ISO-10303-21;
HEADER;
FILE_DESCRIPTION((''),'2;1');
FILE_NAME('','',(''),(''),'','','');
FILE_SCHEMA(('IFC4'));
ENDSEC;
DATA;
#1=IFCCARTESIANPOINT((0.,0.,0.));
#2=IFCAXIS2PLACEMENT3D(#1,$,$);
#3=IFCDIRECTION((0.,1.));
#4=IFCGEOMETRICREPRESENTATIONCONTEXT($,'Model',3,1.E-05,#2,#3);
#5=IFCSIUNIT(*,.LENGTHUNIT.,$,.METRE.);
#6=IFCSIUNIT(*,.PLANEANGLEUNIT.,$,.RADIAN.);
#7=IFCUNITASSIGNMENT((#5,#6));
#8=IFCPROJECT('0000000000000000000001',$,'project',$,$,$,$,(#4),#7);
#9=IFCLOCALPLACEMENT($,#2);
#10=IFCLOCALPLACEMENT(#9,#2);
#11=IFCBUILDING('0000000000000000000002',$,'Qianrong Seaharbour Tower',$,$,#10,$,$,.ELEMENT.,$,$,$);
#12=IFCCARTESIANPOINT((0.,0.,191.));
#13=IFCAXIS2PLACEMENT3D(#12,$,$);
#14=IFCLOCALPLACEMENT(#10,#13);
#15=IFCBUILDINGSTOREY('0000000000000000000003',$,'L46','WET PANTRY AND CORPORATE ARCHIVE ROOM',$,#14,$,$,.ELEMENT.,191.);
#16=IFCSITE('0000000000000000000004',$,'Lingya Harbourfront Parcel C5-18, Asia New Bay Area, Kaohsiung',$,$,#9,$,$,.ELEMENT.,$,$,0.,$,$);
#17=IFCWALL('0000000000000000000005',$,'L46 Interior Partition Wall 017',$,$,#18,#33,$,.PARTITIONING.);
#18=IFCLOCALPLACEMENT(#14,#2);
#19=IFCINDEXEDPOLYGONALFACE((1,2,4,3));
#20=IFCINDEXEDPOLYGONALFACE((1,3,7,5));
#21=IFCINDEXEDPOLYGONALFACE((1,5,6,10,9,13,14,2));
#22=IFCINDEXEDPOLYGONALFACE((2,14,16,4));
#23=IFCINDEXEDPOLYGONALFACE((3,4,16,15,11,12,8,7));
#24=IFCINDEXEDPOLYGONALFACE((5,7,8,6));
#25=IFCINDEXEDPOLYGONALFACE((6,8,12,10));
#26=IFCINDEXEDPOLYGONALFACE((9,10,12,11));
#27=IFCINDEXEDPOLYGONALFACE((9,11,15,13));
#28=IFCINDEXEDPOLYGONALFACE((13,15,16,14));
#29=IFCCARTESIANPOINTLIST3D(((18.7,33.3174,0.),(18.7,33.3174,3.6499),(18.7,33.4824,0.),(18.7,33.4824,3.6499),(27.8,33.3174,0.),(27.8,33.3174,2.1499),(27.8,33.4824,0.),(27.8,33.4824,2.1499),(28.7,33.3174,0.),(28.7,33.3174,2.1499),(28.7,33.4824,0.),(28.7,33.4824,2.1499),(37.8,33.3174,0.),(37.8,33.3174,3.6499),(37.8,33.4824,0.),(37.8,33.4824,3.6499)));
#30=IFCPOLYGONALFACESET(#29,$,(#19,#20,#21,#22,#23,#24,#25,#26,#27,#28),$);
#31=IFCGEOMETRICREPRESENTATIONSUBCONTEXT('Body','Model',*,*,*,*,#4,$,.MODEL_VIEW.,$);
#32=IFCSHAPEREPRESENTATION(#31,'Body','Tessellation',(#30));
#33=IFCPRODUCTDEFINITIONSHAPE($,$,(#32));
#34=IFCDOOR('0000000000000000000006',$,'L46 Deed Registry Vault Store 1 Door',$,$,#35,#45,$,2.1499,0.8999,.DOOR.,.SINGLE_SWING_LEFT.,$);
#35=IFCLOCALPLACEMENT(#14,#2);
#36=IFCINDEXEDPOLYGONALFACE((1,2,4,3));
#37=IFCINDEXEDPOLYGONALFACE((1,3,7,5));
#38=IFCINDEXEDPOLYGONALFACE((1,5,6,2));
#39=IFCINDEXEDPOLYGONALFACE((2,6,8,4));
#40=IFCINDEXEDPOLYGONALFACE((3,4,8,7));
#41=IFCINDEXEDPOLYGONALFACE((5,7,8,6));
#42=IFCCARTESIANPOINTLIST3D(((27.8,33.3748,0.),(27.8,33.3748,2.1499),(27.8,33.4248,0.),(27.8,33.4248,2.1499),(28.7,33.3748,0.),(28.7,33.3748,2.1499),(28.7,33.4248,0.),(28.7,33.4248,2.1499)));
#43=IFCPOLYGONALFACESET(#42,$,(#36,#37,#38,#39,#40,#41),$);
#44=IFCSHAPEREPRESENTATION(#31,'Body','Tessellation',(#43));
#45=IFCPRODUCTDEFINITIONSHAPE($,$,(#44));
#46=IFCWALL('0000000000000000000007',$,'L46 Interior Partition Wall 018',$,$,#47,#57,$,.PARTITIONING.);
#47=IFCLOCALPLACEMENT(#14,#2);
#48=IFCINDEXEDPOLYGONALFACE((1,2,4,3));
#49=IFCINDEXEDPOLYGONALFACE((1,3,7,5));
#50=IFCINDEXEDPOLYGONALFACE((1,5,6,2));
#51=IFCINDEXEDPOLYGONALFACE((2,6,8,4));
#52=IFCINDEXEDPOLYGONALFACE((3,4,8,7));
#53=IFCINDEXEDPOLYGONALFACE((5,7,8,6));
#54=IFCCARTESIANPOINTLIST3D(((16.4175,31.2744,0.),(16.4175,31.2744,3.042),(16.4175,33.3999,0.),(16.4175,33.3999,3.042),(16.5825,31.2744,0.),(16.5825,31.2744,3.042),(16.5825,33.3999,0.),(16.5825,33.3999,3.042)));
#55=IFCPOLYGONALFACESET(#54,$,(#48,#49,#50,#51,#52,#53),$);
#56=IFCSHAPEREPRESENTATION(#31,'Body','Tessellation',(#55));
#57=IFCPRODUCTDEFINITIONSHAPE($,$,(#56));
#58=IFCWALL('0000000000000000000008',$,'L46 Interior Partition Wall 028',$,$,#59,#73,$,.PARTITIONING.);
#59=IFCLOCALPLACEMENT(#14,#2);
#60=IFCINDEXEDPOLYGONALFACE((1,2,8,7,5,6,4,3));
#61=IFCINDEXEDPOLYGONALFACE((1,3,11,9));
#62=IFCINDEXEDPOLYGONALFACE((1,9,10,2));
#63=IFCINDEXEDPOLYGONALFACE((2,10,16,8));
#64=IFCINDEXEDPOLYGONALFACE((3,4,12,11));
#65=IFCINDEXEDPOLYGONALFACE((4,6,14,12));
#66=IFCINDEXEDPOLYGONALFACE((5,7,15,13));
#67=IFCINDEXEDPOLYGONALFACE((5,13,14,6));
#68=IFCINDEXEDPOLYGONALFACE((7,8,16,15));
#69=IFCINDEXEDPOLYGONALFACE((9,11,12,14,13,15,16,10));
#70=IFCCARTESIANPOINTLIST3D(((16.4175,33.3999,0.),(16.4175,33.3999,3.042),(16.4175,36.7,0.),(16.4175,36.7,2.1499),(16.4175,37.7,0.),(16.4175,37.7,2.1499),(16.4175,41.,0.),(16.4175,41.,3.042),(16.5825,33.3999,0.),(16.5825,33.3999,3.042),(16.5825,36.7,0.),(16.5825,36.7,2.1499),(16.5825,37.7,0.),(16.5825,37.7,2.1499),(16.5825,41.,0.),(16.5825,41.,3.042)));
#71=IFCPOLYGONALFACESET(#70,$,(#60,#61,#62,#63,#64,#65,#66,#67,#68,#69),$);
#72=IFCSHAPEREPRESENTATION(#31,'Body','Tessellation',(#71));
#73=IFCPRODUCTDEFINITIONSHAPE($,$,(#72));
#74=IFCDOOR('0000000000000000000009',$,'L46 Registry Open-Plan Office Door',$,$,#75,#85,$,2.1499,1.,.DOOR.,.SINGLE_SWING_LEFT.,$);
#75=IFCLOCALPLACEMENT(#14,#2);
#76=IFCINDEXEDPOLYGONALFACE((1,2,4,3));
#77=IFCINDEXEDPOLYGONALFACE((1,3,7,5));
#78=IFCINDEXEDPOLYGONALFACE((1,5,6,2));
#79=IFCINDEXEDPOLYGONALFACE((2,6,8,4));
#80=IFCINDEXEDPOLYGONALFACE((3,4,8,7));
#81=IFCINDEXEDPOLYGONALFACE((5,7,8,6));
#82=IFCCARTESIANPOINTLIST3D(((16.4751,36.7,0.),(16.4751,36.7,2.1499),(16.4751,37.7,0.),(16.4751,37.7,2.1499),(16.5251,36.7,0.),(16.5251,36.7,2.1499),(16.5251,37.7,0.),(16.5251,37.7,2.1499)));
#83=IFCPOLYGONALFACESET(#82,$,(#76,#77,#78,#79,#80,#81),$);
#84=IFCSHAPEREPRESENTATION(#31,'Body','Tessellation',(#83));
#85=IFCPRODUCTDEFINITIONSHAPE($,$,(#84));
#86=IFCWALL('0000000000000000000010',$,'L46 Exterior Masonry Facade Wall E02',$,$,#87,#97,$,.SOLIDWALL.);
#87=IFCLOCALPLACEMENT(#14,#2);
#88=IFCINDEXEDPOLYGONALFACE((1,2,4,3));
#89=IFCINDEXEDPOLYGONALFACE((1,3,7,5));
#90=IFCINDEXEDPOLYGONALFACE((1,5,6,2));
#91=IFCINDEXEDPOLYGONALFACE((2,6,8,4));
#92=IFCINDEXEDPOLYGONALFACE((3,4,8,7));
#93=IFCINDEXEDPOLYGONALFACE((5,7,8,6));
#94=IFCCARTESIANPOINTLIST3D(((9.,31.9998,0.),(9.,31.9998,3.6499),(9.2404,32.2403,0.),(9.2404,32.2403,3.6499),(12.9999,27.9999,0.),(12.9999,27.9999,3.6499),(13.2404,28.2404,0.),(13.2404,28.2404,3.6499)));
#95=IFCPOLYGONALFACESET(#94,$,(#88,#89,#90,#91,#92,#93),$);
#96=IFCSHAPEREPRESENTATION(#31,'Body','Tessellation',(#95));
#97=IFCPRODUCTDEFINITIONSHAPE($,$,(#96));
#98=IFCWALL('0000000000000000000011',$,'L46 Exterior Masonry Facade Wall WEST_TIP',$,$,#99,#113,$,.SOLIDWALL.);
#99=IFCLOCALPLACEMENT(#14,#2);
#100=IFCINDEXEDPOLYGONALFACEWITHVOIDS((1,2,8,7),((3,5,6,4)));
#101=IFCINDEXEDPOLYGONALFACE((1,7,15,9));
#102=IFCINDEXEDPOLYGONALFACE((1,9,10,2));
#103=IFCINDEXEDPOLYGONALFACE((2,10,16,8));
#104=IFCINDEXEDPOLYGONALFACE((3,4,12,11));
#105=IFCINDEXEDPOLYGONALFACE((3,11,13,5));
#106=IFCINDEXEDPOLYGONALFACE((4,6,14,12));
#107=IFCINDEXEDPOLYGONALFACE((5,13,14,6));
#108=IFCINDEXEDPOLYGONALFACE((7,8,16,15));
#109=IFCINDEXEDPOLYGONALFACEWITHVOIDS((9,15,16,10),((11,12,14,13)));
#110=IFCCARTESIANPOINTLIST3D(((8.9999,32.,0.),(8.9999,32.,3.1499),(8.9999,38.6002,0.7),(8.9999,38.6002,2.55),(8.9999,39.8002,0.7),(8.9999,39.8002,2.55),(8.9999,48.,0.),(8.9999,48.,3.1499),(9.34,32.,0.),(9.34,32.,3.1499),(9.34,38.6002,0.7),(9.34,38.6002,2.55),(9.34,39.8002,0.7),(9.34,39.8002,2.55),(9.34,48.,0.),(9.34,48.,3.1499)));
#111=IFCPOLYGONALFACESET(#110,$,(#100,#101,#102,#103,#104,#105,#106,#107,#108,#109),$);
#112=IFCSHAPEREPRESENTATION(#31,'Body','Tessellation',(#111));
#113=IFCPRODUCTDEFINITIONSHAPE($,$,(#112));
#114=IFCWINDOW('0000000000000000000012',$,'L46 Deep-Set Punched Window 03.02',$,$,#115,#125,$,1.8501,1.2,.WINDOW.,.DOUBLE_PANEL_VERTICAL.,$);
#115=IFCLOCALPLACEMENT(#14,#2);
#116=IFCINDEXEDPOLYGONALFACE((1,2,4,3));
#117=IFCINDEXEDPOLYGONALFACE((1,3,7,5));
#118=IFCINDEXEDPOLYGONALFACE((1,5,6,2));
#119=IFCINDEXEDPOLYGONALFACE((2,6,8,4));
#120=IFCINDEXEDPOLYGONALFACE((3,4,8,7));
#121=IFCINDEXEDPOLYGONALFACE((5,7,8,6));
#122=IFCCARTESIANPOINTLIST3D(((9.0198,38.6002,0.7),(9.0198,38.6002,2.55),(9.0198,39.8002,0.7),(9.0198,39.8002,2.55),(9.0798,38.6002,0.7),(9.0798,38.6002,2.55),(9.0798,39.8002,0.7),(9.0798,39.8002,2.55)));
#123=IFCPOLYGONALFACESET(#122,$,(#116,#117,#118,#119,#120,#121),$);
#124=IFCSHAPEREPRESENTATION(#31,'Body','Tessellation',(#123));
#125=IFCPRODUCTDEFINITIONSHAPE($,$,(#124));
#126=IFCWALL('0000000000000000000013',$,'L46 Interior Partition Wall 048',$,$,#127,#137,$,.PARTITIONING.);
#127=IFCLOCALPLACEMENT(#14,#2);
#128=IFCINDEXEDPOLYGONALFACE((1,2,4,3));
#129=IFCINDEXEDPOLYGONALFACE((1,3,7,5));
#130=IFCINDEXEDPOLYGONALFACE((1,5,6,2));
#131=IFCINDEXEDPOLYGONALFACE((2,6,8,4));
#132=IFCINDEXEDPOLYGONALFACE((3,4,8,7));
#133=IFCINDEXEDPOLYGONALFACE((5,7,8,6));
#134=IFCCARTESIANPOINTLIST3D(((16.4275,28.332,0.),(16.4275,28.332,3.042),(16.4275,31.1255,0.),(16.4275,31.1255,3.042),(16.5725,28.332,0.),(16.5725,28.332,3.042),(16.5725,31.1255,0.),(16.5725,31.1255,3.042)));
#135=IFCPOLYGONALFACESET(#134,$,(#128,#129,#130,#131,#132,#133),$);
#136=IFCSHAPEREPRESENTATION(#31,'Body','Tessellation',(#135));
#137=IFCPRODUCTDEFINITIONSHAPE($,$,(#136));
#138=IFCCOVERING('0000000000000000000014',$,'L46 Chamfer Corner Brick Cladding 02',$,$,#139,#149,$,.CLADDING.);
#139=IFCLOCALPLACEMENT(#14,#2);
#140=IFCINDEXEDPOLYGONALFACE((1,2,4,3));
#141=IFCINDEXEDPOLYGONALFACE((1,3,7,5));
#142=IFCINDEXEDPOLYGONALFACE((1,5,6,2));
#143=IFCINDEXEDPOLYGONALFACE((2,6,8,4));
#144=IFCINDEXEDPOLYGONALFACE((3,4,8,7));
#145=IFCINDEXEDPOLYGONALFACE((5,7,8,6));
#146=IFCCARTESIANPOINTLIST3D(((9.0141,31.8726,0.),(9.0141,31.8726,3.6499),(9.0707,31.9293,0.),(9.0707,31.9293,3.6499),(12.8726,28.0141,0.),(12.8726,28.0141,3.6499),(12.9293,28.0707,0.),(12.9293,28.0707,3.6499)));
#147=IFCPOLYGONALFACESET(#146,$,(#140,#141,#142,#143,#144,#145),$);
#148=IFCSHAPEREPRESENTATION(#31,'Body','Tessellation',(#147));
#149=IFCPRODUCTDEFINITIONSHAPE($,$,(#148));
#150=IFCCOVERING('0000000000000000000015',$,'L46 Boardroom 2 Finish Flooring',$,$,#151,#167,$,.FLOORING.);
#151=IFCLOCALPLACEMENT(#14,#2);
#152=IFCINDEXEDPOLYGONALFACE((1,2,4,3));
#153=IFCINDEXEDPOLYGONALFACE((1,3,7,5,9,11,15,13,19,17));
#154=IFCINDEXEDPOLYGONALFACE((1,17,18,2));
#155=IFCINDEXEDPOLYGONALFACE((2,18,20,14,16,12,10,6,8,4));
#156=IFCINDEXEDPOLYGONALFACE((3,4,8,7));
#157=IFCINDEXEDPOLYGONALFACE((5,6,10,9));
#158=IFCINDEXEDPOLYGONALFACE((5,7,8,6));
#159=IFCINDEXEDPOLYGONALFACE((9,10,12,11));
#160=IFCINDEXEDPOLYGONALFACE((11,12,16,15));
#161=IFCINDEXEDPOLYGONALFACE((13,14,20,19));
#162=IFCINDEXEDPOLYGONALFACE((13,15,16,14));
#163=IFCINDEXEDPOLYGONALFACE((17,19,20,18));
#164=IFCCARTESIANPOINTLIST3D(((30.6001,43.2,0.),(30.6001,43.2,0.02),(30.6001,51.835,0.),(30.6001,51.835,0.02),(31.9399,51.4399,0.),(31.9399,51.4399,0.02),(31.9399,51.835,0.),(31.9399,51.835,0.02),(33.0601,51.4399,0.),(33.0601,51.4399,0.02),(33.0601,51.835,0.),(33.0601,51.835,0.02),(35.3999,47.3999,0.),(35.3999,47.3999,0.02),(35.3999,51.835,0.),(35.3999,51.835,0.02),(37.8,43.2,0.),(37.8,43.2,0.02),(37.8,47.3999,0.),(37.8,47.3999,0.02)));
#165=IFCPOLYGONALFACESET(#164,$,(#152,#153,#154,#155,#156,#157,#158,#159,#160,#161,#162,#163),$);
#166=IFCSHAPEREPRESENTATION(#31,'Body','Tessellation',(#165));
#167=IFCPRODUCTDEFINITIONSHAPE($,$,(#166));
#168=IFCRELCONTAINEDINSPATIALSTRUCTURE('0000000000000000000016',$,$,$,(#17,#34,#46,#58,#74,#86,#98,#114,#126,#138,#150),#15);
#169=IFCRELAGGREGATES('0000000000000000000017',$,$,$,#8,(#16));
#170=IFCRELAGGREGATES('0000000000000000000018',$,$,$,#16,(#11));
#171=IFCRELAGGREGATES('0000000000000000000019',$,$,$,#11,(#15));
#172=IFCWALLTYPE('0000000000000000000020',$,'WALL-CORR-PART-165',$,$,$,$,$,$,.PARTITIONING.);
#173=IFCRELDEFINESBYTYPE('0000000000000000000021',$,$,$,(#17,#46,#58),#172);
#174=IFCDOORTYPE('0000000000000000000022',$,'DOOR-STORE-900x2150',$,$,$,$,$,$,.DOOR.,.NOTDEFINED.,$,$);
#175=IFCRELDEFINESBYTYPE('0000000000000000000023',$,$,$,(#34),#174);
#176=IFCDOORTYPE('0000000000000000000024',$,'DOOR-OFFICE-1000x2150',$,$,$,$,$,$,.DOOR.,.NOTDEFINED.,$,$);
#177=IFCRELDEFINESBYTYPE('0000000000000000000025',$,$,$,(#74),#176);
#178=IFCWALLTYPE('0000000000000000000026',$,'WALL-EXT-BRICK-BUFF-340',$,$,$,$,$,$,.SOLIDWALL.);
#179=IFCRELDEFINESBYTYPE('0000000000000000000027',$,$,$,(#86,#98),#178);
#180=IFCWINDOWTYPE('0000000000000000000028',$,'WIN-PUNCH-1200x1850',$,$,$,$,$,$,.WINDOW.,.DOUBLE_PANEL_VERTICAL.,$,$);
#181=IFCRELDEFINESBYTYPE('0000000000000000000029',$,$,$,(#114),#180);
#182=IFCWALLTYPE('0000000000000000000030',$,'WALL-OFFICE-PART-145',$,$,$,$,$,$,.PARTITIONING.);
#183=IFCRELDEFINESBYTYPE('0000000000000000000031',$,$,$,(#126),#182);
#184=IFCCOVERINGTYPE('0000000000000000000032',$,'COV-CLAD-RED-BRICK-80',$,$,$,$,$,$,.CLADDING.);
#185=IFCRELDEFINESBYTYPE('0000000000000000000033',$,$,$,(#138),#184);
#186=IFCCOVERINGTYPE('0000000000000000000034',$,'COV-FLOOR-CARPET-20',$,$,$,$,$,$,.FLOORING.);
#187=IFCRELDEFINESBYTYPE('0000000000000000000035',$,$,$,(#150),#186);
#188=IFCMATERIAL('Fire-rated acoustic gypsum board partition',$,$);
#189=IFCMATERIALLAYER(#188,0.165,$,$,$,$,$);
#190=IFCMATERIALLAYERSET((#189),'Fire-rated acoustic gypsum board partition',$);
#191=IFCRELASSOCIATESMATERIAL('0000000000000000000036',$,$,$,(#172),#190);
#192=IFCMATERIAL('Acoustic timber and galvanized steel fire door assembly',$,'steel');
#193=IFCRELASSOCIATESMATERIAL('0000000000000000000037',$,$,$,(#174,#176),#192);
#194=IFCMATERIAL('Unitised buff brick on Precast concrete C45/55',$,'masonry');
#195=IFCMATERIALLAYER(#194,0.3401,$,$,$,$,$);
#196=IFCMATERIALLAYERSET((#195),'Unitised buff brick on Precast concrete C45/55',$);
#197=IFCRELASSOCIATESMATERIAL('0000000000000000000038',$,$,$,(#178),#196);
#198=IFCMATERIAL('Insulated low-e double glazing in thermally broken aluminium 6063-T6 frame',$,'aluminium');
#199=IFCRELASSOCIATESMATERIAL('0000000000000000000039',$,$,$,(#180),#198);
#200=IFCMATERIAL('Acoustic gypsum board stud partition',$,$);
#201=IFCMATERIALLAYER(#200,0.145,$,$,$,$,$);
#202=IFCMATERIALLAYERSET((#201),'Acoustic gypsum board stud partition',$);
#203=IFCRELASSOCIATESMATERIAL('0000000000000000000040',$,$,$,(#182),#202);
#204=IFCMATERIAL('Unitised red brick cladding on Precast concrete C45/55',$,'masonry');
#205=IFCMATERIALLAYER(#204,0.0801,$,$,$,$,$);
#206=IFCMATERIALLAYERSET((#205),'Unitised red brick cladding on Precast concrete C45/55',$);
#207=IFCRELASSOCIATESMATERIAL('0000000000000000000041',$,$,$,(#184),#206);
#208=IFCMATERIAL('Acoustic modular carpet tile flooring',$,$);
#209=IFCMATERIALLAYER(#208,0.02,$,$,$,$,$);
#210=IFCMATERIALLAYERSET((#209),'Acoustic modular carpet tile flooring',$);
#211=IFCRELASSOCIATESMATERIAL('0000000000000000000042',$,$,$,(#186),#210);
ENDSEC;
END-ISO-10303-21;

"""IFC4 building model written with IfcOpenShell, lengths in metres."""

from ifc_helpers import new_model, si_unit, direction, frame, frame_2d, origin, origin_2d, place, context, subcontext, project, spatial, polyline, rectangle, outline, extrude, material, layer, layer_set, type_object, element, fill, save


model = new_model("IFC4")

# Units and contexts
model_context = context("Model", 3, precision=1e-05, world=origin(), true_north=direction((0.0, 1.0)))
body_context = subcontext(model_context, "Body", "Model", "MODEL_VIEW")
ifc_project = project(units=[si_unit("LENGTHUNIT", "METRE"), si_unit("PLANEANGLEUNIT", "RADIAN")], contexts=[model_context])

# Site, building, storey
site_placement = place(None, origin())
site = spatial("IfcSite", under=ifc_project, at=site_placement, Name="Lingya Harbourfront Parcel C5-18, Asia New Bay Area, Kaohsiung", CompositionType="ELEMENT", RefElevation=0.0)
building_placement = place(site_placement, origin())
building = spatial("IfcBuilding", under=site, at=building_placement, Name="Qianrong Seaharbour Tower", CompositionType="ELEMENT")
storey_placement = place(building_placement, frame((0.0, 0.0, 191.0)))
storey = spatial("IfcBuildingStorey", under=building, at=storey_placement, Name="L46", Description="WET PANTRY AND CORPORATE ARCHIVE ROOM", CompositionType="ELEMENT", Elevation=191.0)

# Wall, opening, door
ifc_material_1 = material(Name="Fire-rated acoustic gypsum board partition")
ifc_layer_1 = layer(ifc_material_1, 0.165)
ifc_layer_set_1 = layer_set([ifc_layer_1], Name="Fire-rated acoustic gypsum board partition")
wall_type_1 = type_object("IfcWallType", Name="WALL-CORR-PART-165", PredefinedType="PARTITIONING", material=ifc_layer_set_1)
wall_1_placement = place(storey_placement, frame((18.7, 33.3999, 0.0), z_axis=(0.0, 0.0, 1.0), x_axis=(1.0, 0.0, 0.0)))
wall_1 = element("IfcWall", 1, at=wall_1_placement, inside=storey, type_object=wall_type_1, Name="L46 Interior Partition Wall 017", PredefinedType="PARTITIONING", context=body_context, shape_type="SweptSolid", body=[
    extrude(rectangle(XDim=19.1001, YDim=0.165, at=frame_2d((9.55, 0.0))), origin(), (0.0, 0.0, 1.0), 3.6499),
])
opening_1_placement = place(wall_1_placement, frame((9.1001, 0.0, 0.0)))
opening_1 = element("IfcOpeningElement", 2, at=opening_1_placement, cuts=wall_1, PredefinedType="OPENING", context=body_context, shape_type="SweptSolid", body=[
    extrude(rectangle(XDim=0.8999, YDim=2.1499, at=frame_2d((0.45, 1.075))), frame((0.0, 0.0925, 0.0), z_axis=(0.0, -1.0, 0.0), x_axis=(1.0, 0.0, 0.0)), (0.0, 0.0, 1.0), 0.1851),
])
ifc_material_2 = material(Name="Acoustic timber and galvanized steel fire door assembly", Category="steel")
door_type_1 = type_object("IfcDoorType", Name="DOOR-STORE-900x2150", OperationType="NOTDEFINED", PredefinedType="DOOR", material=ifc_material_2)
door_1_placement = place(opening_1_placement, origin())
door_1 = element("IfcDoor", 3, at=door_1_placement, inside=storey, type_object=door_type_1, Name="L46 Deed Registry Vault Store 1 Door", OperationType="SINGLE_SWING_LEFT", OverallHeight=2.1499, OverallWidth=0.8999, PredefinedType="DOOR", context=body_context, shape_type="SweptSolid", body=[
    extrude(rectangle(XDim=0.8999, YDim=2.1499, at=frame_2d((0.45, 1.075))), frame((0.0, 0.0249, 0.0), z_axis=(0.0, -1.0, 0.0), x_axis=(1.0, 0.0, 0.0)), (0.0, 0.0, 1.0), 0.05),
])
fill(opening_1, door_1)

# Wall
wall_2_placement = place(storey_placement, frame((16.5, 31.2744, 0.0), z_axis=(0.0, 0.0, 1.0), x_axis=(0.0, 1.0, 0.0)))
element("IfcWall", 4, at=wall_2_placement, inside=storey, type_object=wall_type_1, Name="L46 Interior Partition Wall 018", PredefinedType="PARTITIONING", context=body_context, shape_type="SweptSolid", body=[
    extrude(rectangle(XDim=2.1255, YDim=0.165, at=frame_2d((1.0627, 0.0))), origin(), (0.0, 0.0, 1.0), 3.042),
])

# Wall, opening, door
wall_3_placement = place(storey_placement, frame((16.5, 33.3999, 0.0), z_axis=(0.0, 0.0, 1.0), x_axis=(0.0, 1.0, 0.0)))
wall_3 = element("IfcWall", 5, at=wall_3_placement, inside=storey, type_object=wall_type_1, Name="L46 Interior Partition Wall 028", PredefinedType="PARTITIONING", context=body_context, shape_type="SweptSolid", body=[
    extrude(rectangle(XDim=7.6001, YDim=0.165, at=frame_2d((3.8, 0.0))), origin(), (0.0, 0.0, 1.0), 3.042),
])
opening_2_placement = place(wall_3_placement, frame((3.3, 0.0, 0.0)))
opening_2 = element("IfcOpeningElement", 6, at=opening_2_placement, cuts=wall_3, PredefinedType="OPENING", context=body_context, shape_type="SweptSolid", body=[
    extrude(rectangle(XDim=1.0, YDim=2.1499, at=frame_2d((0.5, 1.075))), frame((0.0, 0.0925, 0.0), z_axis=(0.0, -1.0, 0.0), x_axis=(1.0, 0.0, 0.0)), (0.0, 0.0, 1.0), 0.1851),
])
door_type_2 = type_object("IfcDoorType", Name="DOOR-OFFICE-1000x2150", OperationType="NOTDEFINED", PredefinedType="DOOR", material=ifc_material_2)
door_2_placement = place(opening_2_placement, origin())
door_2 = element("IfcDoor", 7, at=door_2_placement, inside=storey, type_object=door_type_2, Name="L46 Registry Open-Plan Office Door", OperationType="SINGLE_SWING_LEFT", OverallHeight=2.1499, OverallWidth=1.0, PredefinedType="DOOR", context=body_context, shape_type="SweptSolid", body=[
    extrude(rectangle(XDim=1.0, YDim=2.1499, at=frame_2d((0.5, 1.075))), frame((0.0, 0.0249, 0.0), z_axis=(0.0, -1.0, 0.0), x_axis=(1.0, 0.0, 0.0)), (0.0, 0.0, 1.0), 0.05),
])
fill(opening_2, door_2)

# Wall
ifc_material_3 = material(Name="Unitised buff brick on Precast concrete C45/55", Category="masonry")
ifc_layer_2 = layer(ifc_material_3, 0.3401)
ifc_layer_set_2 = layer_set([ifc_layer_2], Name="Unitised buff brick on Precast concrete C45/55")
wall_type_2 = type_object("IfcWallType", Name="WALL-EXT-BRICK-BUFF-340", PredefinedType="SOLIDWALL", material=ifc_layer_set_2)
wall_4_placement = place(storey_placement, frame((13.1201, 28.1201, 0.0), z_axis=(0.0, 0.0, 1.0), x_axis=(-0.707107, 0.707107, 0.0)))
element("IfcWall", 8, at=wall_4_placement, inside=storey, type_object=wall_type_2, Name="L46 Exterior Masonry Facade Wall E02", PredefinedType="SOLIDWALL", context=body_context, shape_type="SweptSolid", body=[
    extrude(rectangle(XDim=5.6567, YDim=0.3401, at=frame_2d((2.8284, 0.0))), origin(), (0.0, 0.0, 1.0), 3.6499),
])

# Wall, opening, window
wall_5_placement = place(storey_placement, frame((9.1699, 32.0, 0.0), z_axis=(0.0, 0.0, 1.0), x_axis=(0.0, 1.0, 0.0)))
wall_5 = element("IfcWall", 9, at=wall_5_placement, inside=storey, type_object=wall_type_2, Name="L46 Exterior Masonry Facade Wall WEST_TIP", PredefinedType="SOLIDWALL", context=body_context, shape_type="SweptSolid", body=[
    extrude(rectangle(XDim=16.0, YDim=0.3401, at=frame_2d((8.0, 0.0))), origin(), (0.0, 0.0, 1.0), 3.1499),
])
opening_3_placement = place(wall_5_placement, frame((6.6001, 0.0, 0.7)))
opening_3 = element("IfcOpeningElement", 10, at=opening_3_placement, cuts=wall_5, PredefinedType="OPENING", context=body_context, shape_type="SweptSolid", body=[
    extrude(rectangle(XDim=1.2, YDim=1.8501, at=frame_2d((0.6001, 0.925))), frame((0.0, 0.1802, 0.0), z_axis=(0.0, -1.0, 0.0), x_axis=(1.0, 0.0, 0.0)), (0.0, 0.0, 1.0), 0.3601),
])
ifc_material_4 = material(Name="Insulated low-e double glazing in thermally broken aluminium 6063-T6 frame", Category="aluminium")
window_type = type_object("IfcWindowType", Name="WIN-PUNCH-1200x1850", PartitioningType="DOUBLE_PANEL_VERTICAL", PredefinedType="WINDOW", material=ifc_material_4)
window_placement = place(opening_3_placement, origin())
window = element("IfcWindow", 11, at=window_placement, inside=storey, type_object=window_type, Name="L46 Deep-Set Punched Window 03.02", OverallHeight=1.8501, OverallWidth=1.2, PartitioningType="DOUBLE_PANEL_VERTICAL", PredefinedType="WINDOW", context=body_context, shape_type="SweptSolid", body=[
    extrude(rectangle(XDim=1.2, YDim=1.8501, at=frame_2d((0.6001, 0.925))), frame((0.0, 0.1501, 0.0), z_axis=(0.0, -1.0, 0.0), x_axis=(1.0, 0.0, 0.0)), (0.0, 0.0, 1.0), 0.0601),
])
fill(opening_3, window)

# Wall
ifc_material_5 = material(Name="Acoustic gypsum board stud partition")
ifc_layer_3 = layer(ifc_material_5, 0.145)
ifc_layer_set_3 = layer_set([ifc_layer_3], Name="Acoustic gypsum board stud partition")
wall_type_3 = type_object("IfcWallType", Name="WALL-OFFICE-PART-145", PredefinedType="PARTITIONING", material=ifc_layer_set_3)
wall_6_placement = place(storey_placement, frame((16.5, 31.1255, 0.0), z_axis=(0.0, 0.0, 1.0), x_axis=(0.0, -1.0, 0.0)))
element("IfcWall", 12, at=wall_6_placement, inside=storey, type_object=wall_type_3, Name="L46 Interior Partition Wall 048", PredefinedType="PARTITIONING", context=body_context, shape_type="SweptSolid", body=[
    extrude(rectangle(XDim=2.7935, YDim=0.145, at=frame_2d((1.3967, 0.0))), origin(), (0.0, 0.0, 1.0), 3.042),
])

# Coverings
ifc_material_6 = material(Name="Unitised red brick cladding on Precast concrete C45/55", Category="masonry")
ifc_layer_4 = layer(ifc_material_6, 0.0801)
ifc_layer_set_4 = layer_set([ifc_layer_4], Name="Unitised red brick cladding on Precast concrete C45/55")
covering_type_1 = type_object("IfcCoveringType", Name="COV-CLAD-RED-BRICK-80", PredefinedType="CLADDING", material=ifc_layer_set_4)
covering_1_placement = place(storey_placement, frame((10.9717, 29.9717, 0.0), z_axis=(0.0, 0.0, 1.0), x_axis=(-0.707107, 0.707107, 0.0)))
element("IfcCovering", 13, at=covering_1_placement, inside=storey, type_object=covering_type_1, Name="L46 Chamfer Corner Brick Cladding 02", PredefinedType="CLADDING", context=body_context, shape_type="SweptSolid", body=[
    extrude(rectangle(XDim=5.4568, YDim=0.0801, at=origin_2d()), origin(), (0.0, 0.0, 1.0), 3.6499),
])
ifc_material_7 = material(Name="Acoustic modular carpet tile flooring")
ifc_layer_5 = layer(ifc_material_7, 0.02)
ifc_layer_set_5 = layer_set([ifc_layer_5], Name="Acoustic modular carpet tile flooring")
covering_type_2 = type_object("IfcCoveringType", Name="COV-FLOOR-CARPET-20", PredefinedType="FLOORING", material=ifc_layer_set_5)
covering_2_placement = place(storey_placement, origin())
element("IfcCovering", 14, at=covering_2_placement, inside=storey, type_object=covering_type_2, Name="L46 Boardroom 2 Finish Flooring", PredefinedType="FLOORING", context=body_context, shape_type="SweptSolid", body=[
    extrude(outline(polyline([(30.6001, 51.835), (31.9399, 51.835), (31.9399, 51.4399), (33.0601, 51.4399), (33.0601, 51.835), (35.3999, 51.835), (35.3999, 47.3999), (37.8, 47.3999), (37.8, 43.2), (30.6001, 43.2), (30.6001, 51.835)])), origin(), (0.0, 0.0, 1.0), 0.02),
])

save(model, "model.ifc")
